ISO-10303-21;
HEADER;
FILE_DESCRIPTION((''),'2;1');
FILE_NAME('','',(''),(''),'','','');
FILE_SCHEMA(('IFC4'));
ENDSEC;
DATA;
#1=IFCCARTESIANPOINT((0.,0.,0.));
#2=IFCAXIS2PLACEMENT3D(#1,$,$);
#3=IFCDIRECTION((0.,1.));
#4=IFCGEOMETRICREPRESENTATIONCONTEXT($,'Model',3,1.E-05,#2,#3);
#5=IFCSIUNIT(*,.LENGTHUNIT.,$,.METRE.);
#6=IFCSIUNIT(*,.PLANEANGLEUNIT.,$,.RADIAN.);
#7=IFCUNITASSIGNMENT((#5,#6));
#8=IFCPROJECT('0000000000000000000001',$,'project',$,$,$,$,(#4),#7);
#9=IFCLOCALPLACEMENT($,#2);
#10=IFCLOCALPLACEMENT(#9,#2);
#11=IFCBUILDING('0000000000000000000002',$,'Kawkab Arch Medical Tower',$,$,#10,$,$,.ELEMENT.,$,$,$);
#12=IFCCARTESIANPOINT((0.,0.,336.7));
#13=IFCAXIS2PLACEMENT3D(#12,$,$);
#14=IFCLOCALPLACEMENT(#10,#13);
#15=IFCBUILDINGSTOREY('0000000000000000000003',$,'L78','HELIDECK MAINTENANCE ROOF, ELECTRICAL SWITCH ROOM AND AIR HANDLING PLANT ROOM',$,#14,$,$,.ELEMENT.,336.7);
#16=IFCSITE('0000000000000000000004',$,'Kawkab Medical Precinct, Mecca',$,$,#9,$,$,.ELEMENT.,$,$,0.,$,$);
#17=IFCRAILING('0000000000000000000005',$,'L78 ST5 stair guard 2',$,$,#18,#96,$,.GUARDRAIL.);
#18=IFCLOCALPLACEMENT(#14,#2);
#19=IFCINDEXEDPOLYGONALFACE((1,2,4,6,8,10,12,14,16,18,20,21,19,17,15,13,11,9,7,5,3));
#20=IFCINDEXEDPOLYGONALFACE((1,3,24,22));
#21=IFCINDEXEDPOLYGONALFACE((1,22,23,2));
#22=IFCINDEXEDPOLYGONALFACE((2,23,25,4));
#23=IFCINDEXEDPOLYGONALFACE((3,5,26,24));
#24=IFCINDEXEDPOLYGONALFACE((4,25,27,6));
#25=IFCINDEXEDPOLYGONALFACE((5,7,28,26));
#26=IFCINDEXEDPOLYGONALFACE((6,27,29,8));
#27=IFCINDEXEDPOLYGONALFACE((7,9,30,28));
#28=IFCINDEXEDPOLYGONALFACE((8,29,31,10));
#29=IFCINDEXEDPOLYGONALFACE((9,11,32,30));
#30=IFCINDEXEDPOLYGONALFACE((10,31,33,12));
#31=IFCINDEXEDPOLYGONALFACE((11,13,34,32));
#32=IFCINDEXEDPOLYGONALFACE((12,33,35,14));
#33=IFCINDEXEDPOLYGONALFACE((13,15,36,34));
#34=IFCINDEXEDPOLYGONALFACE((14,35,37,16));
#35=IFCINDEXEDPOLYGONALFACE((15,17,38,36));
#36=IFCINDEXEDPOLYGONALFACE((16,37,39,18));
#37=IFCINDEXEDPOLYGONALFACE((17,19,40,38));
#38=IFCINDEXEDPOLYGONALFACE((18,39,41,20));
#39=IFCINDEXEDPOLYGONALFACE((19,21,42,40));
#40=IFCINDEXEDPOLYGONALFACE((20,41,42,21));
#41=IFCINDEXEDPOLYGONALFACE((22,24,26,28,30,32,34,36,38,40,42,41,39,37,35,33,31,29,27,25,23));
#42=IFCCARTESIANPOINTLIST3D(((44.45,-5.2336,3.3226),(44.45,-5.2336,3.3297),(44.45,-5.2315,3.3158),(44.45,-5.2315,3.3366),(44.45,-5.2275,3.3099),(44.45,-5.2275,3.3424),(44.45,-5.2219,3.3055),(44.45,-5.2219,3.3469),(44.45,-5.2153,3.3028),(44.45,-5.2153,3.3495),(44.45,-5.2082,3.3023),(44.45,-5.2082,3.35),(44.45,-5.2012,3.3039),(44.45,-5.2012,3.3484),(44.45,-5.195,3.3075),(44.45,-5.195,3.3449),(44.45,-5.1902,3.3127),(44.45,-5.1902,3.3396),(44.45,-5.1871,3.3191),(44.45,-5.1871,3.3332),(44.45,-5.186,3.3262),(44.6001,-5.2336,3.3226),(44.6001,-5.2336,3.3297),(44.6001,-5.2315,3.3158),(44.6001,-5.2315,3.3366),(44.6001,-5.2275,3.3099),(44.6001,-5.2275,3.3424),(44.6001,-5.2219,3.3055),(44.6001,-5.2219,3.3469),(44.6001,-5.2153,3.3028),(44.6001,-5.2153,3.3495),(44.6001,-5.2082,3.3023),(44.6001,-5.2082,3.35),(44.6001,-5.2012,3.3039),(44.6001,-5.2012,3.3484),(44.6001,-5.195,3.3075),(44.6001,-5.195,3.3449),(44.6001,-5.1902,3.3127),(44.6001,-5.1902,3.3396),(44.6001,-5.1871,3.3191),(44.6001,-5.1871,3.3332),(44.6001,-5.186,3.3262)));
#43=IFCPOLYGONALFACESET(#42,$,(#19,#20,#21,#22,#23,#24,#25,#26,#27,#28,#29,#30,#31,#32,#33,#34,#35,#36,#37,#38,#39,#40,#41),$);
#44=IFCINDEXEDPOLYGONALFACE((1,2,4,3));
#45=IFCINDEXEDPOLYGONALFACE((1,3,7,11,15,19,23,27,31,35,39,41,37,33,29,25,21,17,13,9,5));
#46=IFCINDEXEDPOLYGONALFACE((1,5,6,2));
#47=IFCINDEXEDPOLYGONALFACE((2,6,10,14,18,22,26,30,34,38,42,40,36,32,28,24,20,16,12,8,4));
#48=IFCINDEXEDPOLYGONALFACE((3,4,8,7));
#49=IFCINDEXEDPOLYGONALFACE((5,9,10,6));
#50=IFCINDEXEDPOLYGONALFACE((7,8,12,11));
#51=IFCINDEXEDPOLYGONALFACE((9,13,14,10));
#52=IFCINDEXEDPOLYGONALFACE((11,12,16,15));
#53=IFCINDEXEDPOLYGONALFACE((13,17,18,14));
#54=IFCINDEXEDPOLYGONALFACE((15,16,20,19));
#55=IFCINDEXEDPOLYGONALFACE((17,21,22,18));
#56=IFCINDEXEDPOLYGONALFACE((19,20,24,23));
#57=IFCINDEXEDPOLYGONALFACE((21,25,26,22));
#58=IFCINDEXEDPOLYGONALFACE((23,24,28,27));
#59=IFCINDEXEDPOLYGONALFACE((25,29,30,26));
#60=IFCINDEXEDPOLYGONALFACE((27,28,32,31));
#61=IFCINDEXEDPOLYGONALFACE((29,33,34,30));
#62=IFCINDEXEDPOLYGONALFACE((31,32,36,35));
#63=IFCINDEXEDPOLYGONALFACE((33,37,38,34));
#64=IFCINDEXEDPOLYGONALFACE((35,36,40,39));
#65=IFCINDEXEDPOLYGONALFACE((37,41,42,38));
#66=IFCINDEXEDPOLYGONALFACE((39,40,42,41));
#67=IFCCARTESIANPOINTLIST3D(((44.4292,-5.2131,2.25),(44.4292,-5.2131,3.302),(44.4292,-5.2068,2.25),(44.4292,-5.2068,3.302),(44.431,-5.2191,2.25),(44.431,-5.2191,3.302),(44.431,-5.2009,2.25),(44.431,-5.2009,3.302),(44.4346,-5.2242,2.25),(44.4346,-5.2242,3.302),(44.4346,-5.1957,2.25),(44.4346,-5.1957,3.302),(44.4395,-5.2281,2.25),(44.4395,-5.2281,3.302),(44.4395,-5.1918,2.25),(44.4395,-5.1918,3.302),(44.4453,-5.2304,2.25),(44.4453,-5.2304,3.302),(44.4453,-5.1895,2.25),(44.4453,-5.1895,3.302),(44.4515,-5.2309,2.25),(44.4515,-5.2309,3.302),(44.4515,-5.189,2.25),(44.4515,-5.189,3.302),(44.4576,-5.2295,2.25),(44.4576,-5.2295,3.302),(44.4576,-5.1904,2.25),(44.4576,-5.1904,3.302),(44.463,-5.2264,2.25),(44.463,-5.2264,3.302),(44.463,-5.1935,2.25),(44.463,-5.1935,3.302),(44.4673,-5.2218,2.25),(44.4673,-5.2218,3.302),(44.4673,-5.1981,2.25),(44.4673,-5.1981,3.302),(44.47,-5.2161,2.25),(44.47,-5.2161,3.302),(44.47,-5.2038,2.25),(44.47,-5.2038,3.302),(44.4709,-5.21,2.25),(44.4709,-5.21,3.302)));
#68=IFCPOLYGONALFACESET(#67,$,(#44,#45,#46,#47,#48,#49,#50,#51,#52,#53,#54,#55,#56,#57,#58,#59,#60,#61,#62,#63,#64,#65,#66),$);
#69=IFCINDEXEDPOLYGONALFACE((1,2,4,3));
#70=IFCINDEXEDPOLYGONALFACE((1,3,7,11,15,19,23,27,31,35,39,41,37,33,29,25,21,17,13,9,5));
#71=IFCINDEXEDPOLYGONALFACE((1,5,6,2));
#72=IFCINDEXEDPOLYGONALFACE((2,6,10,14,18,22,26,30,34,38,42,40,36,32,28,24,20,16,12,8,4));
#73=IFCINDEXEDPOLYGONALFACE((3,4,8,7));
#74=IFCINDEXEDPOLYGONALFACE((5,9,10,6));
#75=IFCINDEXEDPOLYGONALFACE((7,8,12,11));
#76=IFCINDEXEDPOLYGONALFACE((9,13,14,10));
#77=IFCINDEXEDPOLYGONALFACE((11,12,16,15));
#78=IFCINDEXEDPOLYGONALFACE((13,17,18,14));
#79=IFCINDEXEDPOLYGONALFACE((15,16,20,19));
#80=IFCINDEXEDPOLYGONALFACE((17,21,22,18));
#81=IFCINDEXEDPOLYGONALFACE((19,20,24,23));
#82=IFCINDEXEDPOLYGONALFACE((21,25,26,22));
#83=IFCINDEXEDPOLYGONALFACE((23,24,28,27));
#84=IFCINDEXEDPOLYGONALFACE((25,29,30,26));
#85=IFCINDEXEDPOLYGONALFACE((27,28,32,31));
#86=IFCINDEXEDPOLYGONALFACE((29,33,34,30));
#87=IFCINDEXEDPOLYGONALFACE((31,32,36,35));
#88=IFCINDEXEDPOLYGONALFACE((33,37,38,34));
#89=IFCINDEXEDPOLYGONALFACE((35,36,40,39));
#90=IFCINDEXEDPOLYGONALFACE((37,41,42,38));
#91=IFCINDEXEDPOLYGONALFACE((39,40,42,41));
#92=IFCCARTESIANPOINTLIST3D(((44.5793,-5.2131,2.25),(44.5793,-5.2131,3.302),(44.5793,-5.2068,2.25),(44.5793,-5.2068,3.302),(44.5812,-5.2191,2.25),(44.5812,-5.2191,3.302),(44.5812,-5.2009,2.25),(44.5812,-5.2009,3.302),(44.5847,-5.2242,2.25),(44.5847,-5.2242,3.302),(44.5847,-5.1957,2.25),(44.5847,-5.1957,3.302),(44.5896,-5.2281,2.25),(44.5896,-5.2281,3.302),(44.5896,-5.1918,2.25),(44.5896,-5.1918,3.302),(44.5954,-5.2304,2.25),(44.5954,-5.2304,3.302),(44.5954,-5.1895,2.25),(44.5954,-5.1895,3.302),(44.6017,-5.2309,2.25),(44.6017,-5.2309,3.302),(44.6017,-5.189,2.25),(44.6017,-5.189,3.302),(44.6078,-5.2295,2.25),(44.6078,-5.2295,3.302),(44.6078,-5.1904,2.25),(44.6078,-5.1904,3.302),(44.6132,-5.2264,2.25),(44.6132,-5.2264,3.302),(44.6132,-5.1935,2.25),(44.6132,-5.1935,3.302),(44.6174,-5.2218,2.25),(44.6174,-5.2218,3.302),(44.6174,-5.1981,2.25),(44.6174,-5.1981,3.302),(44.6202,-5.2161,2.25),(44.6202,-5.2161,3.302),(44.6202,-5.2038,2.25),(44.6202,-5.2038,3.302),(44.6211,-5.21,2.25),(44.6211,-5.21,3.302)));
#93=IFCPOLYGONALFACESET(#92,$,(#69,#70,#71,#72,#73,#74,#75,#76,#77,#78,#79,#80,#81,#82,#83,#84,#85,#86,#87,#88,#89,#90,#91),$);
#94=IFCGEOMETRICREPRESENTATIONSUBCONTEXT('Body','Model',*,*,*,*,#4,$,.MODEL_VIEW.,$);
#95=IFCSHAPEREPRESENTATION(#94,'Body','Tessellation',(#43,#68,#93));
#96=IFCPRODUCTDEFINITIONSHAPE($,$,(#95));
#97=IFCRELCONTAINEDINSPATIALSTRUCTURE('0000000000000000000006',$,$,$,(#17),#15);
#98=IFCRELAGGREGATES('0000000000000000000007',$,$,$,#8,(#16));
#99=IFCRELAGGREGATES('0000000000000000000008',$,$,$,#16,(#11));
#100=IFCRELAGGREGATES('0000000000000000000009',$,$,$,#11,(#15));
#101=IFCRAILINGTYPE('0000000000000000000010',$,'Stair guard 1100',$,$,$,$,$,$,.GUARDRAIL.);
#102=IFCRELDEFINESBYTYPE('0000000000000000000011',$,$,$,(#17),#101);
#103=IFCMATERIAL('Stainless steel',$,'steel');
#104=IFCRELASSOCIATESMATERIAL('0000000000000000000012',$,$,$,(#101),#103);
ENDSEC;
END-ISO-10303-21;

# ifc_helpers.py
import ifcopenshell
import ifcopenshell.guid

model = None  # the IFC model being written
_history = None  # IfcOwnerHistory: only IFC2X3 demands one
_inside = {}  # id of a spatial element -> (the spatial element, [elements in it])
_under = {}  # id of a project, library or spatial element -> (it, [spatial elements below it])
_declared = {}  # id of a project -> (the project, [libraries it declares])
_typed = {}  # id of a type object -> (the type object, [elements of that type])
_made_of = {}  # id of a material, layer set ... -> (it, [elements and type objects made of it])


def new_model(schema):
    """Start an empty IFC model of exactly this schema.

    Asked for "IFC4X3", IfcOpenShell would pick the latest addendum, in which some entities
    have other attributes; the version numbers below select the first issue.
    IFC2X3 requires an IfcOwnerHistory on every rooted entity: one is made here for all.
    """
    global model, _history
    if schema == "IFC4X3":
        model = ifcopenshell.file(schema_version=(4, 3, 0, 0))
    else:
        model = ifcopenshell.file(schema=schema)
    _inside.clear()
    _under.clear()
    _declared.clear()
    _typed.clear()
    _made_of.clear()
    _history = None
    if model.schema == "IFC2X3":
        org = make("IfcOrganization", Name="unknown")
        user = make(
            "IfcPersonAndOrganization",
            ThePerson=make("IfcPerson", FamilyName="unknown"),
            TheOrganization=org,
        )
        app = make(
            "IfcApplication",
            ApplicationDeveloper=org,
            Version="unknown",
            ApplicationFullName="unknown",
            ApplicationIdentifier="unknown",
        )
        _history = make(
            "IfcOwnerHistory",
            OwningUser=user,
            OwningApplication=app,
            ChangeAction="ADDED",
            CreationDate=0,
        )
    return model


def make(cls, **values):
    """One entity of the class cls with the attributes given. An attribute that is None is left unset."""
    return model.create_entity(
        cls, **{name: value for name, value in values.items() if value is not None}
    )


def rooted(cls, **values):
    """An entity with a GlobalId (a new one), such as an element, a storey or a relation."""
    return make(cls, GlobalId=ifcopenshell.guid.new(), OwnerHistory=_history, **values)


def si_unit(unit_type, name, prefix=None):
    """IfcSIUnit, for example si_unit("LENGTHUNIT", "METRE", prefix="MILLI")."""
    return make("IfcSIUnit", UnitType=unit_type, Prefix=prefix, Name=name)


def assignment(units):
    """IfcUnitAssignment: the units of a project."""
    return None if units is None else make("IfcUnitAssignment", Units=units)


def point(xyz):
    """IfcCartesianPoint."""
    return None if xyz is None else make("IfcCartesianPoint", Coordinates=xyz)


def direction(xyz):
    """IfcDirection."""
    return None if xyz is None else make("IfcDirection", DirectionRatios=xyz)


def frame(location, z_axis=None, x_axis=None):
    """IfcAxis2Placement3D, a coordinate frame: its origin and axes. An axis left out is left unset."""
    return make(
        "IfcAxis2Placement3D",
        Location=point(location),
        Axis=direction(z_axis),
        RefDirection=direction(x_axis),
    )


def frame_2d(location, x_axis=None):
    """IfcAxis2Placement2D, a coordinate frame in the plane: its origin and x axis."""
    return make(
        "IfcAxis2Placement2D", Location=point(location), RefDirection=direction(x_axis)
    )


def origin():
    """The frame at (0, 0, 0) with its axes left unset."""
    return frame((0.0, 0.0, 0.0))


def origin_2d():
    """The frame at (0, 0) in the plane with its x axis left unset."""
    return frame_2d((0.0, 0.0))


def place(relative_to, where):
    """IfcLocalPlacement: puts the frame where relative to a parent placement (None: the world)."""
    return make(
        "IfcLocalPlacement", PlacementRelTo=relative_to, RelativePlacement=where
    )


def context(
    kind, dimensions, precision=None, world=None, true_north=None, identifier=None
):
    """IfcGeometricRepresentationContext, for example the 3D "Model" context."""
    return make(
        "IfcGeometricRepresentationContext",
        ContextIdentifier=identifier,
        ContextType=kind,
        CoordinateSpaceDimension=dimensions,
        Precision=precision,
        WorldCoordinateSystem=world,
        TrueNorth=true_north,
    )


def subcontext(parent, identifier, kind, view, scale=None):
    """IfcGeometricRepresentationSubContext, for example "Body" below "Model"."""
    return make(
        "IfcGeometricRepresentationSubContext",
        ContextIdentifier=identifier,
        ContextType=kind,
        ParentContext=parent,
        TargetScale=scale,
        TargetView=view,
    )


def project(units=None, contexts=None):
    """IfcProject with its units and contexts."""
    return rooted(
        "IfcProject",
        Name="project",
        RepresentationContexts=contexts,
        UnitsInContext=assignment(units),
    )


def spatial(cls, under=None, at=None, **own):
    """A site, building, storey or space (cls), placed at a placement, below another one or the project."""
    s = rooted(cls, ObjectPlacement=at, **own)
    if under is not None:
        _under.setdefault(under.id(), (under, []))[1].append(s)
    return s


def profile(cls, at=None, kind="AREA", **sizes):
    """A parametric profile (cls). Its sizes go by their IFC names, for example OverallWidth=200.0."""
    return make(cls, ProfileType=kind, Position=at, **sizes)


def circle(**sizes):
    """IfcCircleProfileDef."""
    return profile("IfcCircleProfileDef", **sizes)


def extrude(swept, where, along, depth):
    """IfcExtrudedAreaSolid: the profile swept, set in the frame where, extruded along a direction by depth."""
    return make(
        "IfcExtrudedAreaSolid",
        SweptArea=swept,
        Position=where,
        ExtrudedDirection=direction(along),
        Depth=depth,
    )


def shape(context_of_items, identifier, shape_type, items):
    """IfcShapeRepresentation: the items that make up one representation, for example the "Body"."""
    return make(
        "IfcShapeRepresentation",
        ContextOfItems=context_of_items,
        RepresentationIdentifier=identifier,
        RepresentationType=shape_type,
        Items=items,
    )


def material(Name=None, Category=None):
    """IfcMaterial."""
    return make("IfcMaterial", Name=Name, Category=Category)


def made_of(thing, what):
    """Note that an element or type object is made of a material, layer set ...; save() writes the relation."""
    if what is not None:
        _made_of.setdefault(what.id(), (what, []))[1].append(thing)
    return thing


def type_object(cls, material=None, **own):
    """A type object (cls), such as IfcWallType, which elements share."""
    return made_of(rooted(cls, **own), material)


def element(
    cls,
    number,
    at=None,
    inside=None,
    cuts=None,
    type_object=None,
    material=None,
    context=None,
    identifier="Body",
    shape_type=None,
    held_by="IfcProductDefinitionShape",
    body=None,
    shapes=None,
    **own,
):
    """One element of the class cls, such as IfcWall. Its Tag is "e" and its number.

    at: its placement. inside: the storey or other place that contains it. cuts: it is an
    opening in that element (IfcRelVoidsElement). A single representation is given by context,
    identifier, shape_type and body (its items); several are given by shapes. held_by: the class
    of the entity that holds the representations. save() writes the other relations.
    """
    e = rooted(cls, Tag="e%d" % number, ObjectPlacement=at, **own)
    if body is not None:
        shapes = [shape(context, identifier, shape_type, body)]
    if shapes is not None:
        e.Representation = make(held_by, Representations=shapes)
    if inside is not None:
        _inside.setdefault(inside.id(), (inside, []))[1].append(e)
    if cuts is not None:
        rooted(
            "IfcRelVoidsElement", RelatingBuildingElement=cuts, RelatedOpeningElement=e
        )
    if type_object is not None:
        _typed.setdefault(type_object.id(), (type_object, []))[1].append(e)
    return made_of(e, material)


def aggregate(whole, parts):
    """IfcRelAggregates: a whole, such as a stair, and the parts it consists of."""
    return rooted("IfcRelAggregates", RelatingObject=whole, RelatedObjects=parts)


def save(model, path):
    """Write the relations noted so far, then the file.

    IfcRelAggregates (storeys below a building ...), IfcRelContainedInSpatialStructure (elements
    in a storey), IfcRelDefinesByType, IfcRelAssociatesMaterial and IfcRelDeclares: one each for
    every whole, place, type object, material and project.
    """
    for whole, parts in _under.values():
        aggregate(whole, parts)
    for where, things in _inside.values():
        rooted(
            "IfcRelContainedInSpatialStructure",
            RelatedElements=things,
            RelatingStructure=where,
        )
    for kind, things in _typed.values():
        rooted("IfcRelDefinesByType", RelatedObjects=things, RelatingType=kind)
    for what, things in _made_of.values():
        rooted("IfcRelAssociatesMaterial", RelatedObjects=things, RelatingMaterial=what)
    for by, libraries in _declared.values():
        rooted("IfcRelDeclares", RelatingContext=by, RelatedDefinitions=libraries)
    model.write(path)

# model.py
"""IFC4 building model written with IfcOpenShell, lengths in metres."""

from ifc_helpers import new_model, si_unit, direction, frame, origin, origin_2d, place, context, subcontext, project, spatial, circle, extrude, material, type_object, element, save


model = new_model("IFC4")

# Units and contexts
model_context = context("Model", 3, precision=1e-05, world=origin(), true_north=direction((0.0, 1.0)))
body_context = subcontext(model_context, "Body", "Model", "MODEL_VIEW")
ifc_project = project(units=[si_unit("LENGTHUNIT", "METRE"), si_unit("PLANEANGLEUNIT", "RADIAN")], contexts=[model_context])

# Site, building, storey
site_placement = place(None, origin())
site = spatial("IfcSite", under=ifc_project, at=site_placement, Name="Kawkab Medical Precinct, Mecca", CompositionType="ELEMENT", RefElevation=0.0)
building_placement = place(site_placement, origin())
building = spatial("IfcBuilding", under=site, at=building_placement, Name="Kawkab Arch Medical Tower", CompositionType="ELEMENT")
storey_placement = place(building_placement, frame((0.0, 0.0, 336.7)))
storey = spatial("IfcBuildingStorey", under=building, at=storey_placement, Name="L78", Description="HELIDECK MAINTENANCE ROOF, ELECTRICAL SWITCH ROOM AND AIR HANDLING PLANT ROOM", CompositionType="ELEMENT", Elevation=336.7)

# Railing
ifc_material_1 = material(Name="Stainless steel", Category="steel")
railing_type = type_object("IfcRailingType", Name="Stair guard 1100", PredefinedType="GUARDRAIL", material=ifc_material_1)
railing_1_placement = place(storey_placement, frame((44.45, -5.21, 2.25)))
element("IfcRailing", 1, at=railing_1_placement, inside=storey, type_object=railing_type, Name="L78 ST5 stair guard 2", PredefinedType="GUARDRAIL", context=body_context, shape_type="SweptSolid", body=[
    extrude(circle(Radius=0.0239, at=origin_2d()), frame((0.0, 0.0, 1.0762), z_axis=(1.0, 0.0, 0.0), x_axis=(0.0, 1.0, 0.0)), (0.0, 0.0, 1.0), 0.1501),
    extrude(circle(Radius=0.021, at=origin_2d()), origin(), (0.0, 0.0, 1.0), 1.052),
    extrude(circle(Radius=0.021, at=origin_2d()), frame((0.1501, 0.0, 0.0)), (0.0, 0.0, 1.0), 1.052),
])

save(model, "model.ifc")
